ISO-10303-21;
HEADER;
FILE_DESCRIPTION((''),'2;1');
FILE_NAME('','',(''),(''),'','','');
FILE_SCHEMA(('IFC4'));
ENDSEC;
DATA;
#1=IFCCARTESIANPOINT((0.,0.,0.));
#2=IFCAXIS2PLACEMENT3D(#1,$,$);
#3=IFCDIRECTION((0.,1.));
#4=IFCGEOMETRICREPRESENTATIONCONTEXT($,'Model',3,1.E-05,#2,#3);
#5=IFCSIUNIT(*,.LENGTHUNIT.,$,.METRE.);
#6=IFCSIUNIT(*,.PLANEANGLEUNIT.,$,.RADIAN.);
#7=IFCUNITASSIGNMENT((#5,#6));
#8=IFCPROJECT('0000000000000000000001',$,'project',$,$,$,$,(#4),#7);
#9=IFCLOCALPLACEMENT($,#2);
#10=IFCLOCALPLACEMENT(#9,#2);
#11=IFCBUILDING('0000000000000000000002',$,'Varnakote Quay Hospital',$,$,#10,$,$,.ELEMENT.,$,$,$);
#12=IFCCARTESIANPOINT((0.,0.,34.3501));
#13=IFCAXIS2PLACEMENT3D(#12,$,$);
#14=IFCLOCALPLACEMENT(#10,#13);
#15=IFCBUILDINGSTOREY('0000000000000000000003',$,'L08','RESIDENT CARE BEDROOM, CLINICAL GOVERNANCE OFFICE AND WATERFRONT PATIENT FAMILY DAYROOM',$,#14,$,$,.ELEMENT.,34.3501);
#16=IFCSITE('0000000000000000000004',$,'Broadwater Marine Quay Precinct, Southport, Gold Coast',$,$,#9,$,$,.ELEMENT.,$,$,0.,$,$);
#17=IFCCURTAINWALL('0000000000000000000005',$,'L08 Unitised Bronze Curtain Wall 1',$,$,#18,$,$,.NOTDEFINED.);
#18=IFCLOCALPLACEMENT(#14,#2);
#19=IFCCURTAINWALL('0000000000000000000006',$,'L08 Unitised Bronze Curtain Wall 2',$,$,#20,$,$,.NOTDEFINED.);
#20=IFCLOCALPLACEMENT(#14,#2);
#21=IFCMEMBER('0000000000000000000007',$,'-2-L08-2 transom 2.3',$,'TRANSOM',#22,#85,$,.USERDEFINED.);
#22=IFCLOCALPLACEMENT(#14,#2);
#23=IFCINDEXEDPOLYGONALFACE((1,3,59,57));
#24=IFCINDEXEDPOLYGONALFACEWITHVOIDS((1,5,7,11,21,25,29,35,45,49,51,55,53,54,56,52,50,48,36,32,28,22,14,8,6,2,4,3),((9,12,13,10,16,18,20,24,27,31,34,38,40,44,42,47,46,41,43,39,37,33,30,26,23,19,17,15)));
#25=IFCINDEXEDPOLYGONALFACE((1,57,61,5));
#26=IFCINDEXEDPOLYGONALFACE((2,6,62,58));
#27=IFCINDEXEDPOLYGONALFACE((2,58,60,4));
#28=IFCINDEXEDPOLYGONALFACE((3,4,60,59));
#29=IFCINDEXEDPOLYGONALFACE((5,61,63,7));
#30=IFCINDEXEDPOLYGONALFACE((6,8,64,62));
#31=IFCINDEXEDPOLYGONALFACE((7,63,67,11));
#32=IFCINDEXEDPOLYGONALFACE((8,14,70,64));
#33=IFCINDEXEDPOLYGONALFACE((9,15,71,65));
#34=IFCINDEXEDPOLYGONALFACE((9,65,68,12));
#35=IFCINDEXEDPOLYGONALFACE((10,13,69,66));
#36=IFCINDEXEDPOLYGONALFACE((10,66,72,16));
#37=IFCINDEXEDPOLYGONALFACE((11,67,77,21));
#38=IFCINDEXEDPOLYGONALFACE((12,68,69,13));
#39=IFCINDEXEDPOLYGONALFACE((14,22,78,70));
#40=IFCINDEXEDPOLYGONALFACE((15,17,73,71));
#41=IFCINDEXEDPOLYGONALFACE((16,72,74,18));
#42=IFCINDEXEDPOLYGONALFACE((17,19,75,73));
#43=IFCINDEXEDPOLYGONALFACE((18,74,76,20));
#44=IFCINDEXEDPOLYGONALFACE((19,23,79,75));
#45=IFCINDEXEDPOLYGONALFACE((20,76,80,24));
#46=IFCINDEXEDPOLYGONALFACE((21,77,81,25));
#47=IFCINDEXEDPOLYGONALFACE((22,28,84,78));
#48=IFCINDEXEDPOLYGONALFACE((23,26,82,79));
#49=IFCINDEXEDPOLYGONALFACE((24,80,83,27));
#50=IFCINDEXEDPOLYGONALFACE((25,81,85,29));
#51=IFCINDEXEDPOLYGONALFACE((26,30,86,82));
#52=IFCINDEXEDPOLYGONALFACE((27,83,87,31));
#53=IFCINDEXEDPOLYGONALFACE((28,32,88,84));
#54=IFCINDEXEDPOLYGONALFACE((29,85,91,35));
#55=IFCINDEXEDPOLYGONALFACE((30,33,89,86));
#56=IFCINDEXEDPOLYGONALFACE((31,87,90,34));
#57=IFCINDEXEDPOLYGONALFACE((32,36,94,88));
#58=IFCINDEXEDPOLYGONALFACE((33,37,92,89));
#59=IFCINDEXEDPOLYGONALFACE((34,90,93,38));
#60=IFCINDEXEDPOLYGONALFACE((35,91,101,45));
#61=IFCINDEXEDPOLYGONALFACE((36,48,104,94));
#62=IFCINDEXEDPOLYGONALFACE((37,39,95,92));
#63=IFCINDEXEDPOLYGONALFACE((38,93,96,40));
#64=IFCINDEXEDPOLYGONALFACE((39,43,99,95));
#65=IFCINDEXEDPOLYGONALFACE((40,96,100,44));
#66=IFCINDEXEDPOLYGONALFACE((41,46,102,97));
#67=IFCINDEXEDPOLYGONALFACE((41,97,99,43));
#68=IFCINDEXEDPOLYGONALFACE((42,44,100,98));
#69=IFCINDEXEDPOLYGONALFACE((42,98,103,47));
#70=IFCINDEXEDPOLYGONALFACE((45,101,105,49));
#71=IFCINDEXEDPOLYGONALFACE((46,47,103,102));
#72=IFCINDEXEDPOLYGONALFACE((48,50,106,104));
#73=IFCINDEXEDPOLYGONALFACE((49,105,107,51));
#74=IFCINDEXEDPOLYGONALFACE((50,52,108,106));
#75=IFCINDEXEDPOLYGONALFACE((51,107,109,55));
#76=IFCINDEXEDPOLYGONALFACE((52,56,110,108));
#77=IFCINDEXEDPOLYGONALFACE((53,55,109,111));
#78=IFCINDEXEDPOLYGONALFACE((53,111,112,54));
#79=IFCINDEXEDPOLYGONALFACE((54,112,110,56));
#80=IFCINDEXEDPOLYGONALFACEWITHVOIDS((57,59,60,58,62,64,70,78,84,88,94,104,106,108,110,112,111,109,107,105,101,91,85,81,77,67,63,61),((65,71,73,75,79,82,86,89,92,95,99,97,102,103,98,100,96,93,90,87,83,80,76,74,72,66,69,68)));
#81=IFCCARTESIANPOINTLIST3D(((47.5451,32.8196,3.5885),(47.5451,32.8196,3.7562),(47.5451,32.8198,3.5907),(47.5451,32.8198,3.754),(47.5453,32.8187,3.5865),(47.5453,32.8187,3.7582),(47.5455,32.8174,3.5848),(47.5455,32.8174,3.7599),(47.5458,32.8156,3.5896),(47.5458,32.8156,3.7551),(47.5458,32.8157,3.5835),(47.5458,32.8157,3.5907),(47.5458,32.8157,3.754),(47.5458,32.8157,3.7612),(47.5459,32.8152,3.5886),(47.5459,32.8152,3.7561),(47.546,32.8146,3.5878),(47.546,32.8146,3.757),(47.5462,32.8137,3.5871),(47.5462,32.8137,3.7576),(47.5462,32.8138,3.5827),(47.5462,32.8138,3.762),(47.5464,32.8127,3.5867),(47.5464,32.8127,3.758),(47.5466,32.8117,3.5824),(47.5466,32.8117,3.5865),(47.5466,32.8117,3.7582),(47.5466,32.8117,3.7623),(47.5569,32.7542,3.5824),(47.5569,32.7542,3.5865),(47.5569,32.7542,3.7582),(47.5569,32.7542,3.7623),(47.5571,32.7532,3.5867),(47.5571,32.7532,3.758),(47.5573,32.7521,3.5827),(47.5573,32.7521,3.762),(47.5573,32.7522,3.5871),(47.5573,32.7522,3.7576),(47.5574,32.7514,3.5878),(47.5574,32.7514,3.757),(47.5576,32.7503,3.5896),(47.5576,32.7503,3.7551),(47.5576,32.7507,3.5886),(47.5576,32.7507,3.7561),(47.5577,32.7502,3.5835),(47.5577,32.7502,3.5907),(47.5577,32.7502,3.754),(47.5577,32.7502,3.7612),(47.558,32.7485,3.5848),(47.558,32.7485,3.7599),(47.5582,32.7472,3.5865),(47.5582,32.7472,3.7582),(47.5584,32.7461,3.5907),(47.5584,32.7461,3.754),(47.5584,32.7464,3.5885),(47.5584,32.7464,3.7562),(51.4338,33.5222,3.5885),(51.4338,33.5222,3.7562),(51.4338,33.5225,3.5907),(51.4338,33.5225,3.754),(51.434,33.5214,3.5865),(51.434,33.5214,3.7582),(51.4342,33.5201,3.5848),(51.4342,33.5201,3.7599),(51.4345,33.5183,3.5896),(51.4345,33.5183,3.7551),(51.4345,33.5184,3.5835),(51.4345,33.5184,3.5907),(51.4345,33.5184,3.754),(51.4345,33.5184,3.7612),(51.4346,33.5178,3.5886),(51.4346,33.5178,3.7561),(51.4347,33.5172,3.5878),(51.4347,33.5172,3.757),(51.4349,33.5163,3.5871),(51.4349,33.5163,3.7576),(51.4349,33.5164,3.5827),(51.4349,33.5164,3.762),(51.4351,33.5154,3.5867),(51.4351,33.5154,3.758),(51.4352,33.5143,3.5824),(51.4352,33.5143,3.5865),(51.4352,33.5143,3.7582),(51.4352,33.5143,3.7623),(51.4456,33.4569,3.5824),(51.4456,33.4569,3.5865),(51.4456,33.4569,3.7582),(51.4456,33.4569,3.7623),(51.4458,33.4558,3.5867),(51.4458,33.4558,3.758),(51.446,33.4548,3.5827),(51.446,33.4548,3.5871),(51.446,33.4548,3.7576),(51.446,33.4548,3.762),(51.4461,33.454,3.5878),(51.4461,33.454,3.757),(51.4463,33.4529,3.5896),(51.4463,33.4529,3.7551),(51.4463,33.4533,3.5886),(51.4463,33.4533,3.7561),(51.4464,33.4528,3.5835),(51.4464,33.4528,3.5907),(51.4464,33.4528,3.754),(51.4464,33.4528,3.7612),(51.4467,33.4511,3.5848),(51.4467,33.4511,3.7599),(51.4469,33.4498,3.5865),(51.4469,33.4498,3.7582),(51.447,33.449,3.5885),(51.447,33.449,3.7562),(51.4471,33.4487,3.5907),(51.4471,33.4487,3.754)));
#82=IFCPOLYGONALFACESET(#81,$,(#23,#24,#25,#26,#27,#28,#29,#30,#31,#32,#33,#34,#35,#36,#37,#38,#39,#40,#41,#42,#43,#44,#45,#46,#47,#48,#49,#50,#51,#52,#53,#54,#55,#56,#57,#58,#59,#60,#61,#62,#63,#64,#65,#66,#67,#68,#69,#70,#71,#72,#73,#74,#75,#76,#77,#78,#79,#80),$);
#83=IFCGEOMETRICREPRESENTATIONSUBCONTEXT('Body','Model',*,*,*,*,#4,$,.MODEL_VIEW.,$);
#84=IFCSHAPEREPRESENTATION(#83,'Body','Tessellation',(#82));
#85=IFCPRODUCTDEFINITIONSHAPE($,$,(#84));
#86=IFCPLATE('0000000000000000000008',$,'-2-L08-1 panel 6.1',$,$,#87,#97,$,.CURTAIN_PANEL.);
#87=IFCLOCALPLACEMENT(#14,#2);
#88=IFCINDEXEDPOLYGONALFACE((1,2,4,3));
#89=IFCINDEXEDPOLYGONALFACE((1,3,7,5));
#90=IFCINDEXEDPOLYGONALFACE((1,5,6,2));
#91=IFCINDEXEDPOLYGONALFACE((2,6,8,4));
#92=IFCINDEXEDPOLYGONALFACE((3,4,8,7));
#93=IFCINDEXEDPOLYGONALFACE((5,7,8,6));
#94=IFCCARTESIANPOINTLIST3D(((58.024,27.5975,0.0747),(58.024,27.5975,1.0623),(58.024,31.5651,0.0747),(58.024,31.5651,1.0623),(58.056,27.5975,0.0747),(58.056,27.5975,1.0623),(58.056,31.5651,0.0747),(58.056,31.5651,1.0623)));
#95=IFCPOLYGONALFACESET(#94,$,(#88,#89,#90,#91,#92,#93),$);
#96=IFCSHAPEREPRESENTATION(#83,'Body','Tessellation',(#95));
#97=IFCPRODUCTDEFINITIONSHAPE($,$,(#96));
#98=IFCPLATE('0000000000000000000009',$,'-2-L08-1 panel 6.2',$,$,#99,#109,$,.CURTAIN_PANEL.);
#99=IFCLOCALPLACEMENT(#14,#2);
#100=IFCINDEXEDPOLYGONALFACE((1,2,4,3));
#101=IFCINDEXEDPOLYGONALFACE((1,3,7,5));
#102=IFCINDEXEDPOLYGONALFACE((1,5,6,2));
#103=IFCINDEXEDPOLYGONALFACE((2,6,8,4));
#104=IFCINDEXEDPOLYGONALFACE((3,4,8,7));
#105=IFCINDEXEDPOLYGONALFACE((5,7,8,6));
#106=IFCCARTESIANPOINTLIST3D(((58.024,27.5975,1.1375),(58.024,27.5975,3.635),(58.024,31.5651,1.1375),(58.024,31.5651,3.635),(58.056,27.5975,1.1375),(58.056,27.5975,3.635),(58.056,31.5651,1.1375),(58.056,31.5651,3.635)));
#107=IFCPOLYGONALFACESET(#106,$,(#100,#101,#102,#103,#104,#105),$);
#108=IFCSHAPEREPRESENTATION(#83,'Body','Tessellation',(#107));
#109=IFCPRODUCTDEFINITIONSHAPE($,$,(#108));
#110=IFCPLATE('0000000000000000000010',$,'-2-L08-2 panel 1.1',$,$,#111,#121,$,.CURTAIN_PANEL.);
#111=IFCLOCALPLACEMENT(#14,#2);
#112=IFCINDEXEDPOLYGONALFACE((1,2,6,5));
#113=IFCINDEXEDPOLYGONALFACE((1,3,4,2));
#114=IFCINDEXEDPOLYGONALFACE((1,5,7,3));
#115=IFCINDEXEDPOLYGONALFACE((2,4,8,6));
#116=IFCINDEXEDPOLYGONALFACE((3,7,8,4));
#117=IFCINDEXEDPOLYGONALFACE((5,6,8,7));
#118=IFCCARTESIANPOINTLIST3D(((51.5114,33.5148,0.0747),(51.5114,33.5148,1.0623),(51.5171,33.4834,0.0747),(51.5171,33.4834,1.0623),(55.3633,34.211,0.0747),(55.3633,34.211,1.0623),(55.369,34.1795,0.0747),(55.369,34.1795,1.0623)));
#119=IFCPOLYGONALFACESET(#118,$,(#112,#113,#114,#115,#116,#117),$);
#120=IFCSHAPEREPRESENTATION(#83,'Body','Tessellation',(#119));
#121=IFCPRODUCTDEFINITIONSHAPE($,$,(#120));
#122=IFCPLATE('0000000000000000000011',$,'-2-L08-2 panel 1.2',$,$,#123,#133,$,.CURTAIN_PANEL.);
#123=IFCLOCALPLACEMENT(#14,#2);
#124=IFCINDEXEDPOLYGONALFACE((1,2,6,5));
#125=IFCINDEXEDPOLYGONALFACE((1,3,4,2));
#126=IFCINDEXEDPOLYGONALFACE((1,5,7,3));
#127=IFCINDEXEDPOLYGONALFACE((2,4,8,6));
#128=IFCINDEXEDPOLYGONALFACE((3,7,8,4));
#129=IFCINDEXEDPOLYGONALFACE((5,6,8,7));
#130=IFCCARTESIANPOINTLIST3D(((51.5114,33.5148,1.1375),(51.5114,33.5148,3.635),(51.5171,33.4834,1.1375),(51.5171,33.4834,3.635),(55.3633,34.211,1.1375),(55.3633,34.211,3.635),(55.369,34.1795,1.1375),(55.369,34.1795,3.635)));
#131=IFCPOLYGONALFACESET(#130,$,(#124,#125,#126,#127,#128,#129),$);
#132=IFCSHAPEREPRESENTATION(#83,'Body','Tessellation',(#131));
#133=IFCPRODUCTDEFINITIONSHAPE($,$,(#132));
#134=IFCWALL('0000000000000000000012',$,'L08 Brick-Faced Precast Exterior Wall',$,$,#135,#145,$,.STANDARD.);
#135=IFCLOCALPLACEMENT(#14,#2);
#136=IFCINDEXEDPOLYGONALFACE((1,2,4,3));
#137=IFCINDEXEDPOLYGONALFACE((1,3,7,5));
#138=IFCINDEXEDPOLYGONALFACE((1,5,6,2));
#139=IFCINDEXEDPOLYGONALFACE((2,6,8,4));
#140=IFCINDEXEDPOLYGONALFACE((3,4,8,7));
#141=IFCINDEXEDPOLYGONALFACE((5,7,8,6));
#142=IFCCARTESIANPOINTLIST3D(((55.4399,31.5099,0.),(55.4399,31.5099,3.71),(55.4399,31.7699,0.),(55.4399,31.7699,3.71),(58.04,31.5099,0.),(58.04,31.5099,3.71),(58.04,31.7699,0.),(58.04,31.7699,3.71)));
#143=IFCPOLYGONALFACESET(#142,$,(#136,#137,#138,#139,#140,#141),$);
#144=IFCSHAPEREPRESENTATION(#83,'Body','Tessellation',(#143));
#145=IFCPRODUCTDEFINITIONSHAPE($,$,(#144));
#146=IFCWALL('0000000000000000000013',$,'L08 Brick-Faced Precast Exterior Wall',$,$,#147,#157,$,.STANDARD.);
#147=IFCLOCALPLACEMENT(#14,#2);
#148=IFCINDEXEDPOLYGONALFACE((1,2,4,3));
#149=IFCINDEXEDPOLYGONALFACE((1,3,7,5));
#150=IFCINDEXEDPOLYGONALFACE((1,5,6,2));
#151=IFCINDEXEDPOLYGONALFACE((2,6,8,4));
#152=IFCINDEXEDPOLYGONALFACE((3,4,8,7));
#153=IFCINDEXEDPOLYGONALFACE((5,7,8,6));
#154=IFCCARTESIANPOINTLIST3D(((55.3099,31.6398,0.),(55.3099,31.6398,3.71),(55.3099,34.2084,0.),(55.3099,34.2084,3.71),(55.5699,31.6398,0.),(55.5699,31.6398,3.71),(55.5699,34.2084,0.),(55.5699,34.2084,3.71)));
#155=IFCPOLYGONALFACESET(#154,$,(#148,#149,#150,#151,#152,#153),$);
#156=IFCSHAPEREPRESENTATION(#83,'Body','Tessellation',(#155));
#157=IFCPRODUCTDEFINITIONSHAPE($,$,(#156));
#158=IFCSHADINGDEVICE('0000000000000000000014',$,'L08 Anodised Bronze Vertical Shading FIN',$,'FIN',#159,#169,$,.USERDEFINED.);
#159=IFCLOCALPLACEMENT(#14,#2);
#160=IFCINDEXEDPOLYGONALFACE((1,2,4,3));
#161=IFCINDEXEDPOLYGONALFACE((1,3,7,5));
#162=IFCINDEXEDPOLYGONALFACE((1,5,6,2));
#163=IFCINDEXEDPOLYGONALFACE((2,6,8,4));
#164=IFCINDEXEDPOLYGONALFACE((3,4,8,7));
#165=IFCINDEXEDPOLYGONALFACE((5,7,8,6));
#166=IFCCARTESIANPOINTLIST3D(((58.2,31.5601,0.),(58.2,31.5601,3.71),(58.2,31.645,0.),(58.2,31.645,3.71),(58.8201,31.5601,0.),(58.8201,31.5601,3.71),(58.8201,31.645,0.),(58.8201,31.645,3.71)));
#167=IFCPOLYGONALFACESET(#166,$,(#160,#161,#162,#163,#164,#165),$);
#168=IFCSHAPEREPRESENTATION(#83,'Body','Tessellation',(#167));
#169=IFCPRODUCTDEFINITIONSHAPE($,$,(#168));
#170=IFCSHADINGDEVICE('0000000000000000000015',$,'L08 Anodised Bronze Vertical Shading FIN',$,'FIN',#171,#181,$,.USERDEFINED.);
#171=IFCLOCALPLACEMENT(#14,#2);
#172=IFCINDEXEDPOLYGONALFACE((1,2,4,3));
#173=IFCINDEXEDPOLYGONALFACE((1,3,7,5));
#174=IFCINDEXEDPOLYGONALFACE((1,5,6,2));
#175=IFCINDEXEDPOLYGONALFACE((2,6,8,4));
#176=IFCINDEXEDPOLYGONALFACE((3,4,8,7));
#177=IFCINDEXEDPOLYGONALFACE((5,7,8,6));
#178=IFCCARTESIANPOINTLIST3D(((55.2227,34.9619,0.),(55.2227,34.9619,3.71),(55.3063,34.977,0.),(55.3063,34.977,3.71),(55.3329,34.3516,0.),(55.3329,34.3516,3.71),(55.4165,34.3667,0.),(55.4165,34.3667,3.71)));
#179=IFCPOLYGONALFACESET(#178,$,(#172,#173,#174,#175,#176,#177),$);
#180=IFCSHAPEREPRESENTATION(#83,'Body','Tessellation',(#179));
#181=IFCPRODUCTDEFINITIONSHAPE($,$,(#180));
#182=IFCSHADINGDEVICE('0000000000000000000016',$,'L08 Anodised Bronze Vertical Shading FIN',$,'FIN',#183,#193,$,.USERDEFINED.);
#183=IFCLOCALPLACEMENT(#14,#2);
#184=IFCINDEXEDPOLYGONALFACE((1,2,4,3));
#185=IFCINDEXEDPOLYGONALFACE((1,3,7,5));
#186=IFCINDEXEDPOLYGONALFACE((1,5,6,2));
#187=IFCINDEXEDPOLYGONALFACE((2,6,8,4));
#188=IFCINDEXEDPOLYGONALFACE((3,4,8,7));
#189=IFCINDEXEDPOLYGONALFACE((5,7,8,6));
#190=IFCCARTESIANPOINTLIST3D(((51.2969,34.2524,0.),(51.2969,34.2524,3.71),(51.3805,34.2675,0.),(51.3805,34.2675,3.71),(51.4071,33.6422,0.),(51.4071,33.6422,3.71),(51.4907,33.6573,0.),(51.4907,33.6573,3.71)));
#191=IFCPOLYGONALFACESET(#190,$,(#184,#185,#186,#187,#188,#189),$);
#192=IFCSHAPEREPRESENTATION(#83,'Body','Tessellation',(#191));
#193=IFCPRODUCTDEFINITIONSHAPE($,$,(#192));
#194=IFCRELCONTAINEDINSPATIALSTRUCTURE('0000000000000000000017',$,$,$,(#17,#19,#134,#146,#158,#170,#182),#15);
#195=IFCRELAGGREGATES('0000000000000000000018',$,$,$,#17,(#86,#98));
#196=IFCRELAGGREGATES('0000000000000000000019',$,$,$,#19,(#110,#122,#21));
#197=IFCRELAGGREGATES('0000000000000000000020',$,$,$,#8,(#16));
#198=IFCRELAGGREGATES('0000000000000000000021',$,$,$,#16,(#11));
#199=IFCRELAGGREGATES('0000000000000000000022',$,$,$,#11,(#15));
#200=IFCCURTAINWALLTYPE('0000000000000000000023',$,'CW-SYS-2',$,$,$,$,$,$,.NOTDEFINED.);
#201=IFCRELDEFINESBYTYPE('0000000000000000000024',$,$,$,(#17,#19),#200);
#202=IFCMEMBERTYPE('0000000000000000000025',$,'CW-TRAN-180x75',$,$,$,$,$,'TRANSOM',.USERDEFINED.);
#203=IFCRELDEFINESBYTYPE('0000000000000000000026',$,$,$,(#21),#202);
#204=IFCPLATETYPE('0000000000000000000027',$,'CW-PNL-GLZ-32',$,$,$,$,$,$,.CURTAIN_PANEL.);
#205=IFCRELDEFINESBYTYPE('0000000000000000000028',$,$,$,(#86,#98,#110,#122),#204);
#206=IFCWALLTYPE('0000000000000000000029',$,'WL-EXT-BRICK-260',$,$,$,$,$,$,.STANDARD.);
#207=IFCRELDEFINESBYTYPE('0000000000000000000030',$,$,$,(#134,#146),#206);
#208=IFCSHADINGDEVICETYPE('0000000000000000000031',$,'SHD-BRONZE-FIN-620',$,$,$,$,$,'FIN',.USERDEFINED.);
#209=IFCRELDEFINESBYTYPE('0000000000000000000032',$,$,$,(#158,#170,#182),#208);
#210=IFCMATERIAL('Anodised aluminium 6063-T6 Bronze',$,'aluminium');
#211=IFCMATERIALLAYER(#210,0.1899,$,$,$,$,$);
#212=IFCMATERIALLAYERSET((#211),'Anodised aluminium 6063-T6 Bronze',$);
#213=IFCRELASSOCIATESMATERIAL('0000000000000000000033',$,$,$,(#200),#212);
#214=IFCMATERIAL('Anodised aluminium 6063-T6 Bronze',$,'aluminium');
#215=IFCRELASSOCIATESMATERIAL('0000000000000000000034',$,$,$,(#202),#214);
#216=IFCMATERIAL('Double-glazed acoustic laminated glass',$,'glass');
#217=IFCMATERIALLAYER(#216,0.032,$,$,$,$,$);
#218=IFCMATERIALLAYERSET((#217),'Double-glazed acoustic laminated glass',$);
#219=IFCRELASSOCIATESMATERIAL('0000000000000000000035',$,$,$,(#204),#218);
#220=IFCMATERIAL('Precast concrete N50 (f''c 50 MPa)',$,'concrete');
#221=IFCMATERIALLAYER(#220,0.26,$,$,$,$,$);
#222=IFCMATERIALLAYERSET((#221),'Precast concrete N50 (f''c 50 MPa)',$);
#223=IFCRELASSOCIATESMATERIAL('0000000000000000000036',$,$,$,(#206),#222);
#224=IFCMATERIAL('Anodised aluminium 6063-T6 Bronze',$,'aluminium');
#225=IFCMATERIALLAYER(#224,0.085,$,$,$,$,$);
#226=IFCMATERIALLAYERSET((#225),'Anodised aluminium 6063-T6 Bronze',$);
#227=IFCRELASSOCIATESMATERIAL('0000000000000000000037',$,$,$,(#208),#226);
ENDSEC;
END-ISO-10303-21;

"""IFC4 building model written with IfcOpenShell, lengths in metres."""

from ifc_helpers import new_model, si_unit, direction, frame, frame_2d, origin, origin_2d, place, context, subcontext, project, spatial, rectangle, hollow_rectangle, extrude, material, layer, layer_set, material_profile, profile_set, type_object, element, aggregate, save


model = new_model("IFC4")

# Units and contexts
model_context = context("Model", 3, precision=1e-05, world=origin(), true_north=direction((0.0, 1.0)))
body_context = subcontext(model_context, "Body", "Model", "MODEL_VIEW")
ifc_project = project(units=[si_unit("LENGTHUNIT", "METRE"), si_unit("PLANEANGLEUNIT", "RADIAN")], contexts=[model_context])

# Site, building, storey
site_placement = place(None, origin())
site = spatial("IfcSite", under=ifc_project, at=site_placement, Name="Broadwater Marine Quay Precinct, Southport, Gold Coast", CompositionType="ELEMENT", RefElevation=0.0)
building_placement = place(site_placement, origin())
building = spatial("IfcBuilding", under=site, at=building_placement, Name="Varnakote Quay Hospital", CompositionType="ELEMENT")
storey_placement = place(building_placement, frame((0.0, 0.0, 34.3501)))
storey = spatial("IfcBuildingStorey", under=building, at=storey_placement, Name="L08", Description="RESIDENT CARE BEDROOM, CLINICAL GOVERNANCE OFFICE AND WATERFRONT PATIENT FAMILY DAYROOM", CompositionType="ELEMENT", Elevation=34.3501)

# Curtain wall
ifc_material_1 = material(Name="Anodised aluminium 6063-T6 Bronze", Category="aluminium")
ifc_layer_1 = layer(ifc_material_1, 0.1899)
ifc_layer_set_1 = layer_set([ifc_layer_1], Name="Anodised aluminium 6063-T6 Bronze")
curtain_wall_type = type_object("IfcCurtainWallType", Name="CW-SYS-2", PredefinedType="NOTDEFINED", material=ifc_layer_set_1)
curtain_wall_1_placement = place(storey_placement, origin())
curtain_wall_1 = element("IfcCurtainWall", 1, at=curtain_wall_1_placement, inside=storey, type_object=curtain_wall_type, Name="L08 Unitised Bronze Curtain Wall 1", PredefinedType="NOTDEFINED")

# Curtain wall
curtain_wall_2_placement = place(storey_placement, origin())
curtain_wall_2 = element("IfcCurtainWall", 2, at=curtain_wall_2_placement, inside=storey, type_object=curtain_wall_type, Name="L08 Unitised Bronze Curtain Wall 2", PredefinedType="NOTDEFINED")

# Member
ifc_material_2 = material(Name="Anodised aluminium 6063-T6 Bronze", Category="aluminium")
ifc_material_profile_1 = material_profile(ifc_material_2, hollow_rectangle(XDim=0.075, YDim=0.1799, WallThickness=0.0042, InnerFilletRadius=0.0042, OuterFilletRadius=0.0083, at=origin_2d()), Name="CW-TRAN-180x75")
ifc_profile_set_1 = profile_set([ifc_material_profile_1], Name="Anodised aluminium 6063-T6 Bronze")
member_type_1 = type_object("IfcMemberType", Name="CW-TRAN-180x75", ElementType="TRANSOM", PredefinedType="USERDEFINED", material=ifc_profile_set_1)
member_1_placement = place(storey_placement, frame((51.4404, 33.4856, 3.6724), z_axis=(-0.984065, -0.177809, 0.0), x_axis=(0.177809, -0.984065, 0.0)))
member_1 = element("IfcMember", 3, at=member_1_placement, type_object=member_type_1, Name="-2-L08-2 transom 2.3", ObjectType="TRANSOM", PredefinedType="USERDEFINED", context=body_context, shape_type="SweptSolid", body=[
    extrude(hollow_rectangle(XDim=0.075, YDim=0.1799, WallThickness=0.0042, InnerFilletRadius=0.0042, OuterFilletRadius=0.0083, at=origin_2d()), origin(), (0.0, 0.0, 1.0), 3.9517),
])

# Plates
ifc_material_3 = material(Name="Double-glazed acoustic laminated glass", Category="glass")
ifc_layer_2 = layer(ifc_material_3, 0.032)
ifc_layer_set_2 = layer_set([ifc_layer_2], Name="Double-glazed acoustic laminated glass")
plate_type = type_object("IfcPlateType", Name="CW-PNL-GLZ-32", PredefinedType="CURTAIN_PANEL", material=ifc_layer_set_2)
plate_1_placement = place(storey_placement, frame((58.04, 29.5813, 0.0747), z_axis=(0.0, 0.0, 1.0), x_axis=(0.0, 1.0, 0.0)))
plate_1 = element("IfcPlate", 4, at=plate_1_placement, type_object=plate_type, Name="-2-L08-1 panel 6.1", PredefinedType="CURTAIN_PANEL", context=body_context, shape_type="SweptSolid", body=[
    extrude(rectangle(XDim=3.9675, YDim=0.032, at=origin_2d()), origin(), (0.0, 0.0, 1.0), 0.9875),
])
plate_2_placement = place(storey_placement, frame((58.04, 29.5813, 1.1375), z_axis=(0.0, 0.0, 1.0), x_axis=(0.0, 1.0, 0.0)))
plate_2 = element("IfcPlate", 5, at=plate_2_placement, type_object=plate_type, Name="-2-L08-1 panel 6.2", PredefinedType="CURTAIN_PANEL", context=body_context, shape_type="SweptSolid", body=[
    extrude(rectangle(XDim=3.9675, YDim=0.032, at=origin_2d()), origin(), (0.0, 0.0, 1.0), 2.4976),
])
aggregate(curtain_wall_1, [plate_1, plate_2])
plate_3_placement = place(storey_placement, frame((53.4402, 33.8472, 0.0747), z_axis=(0.0, 0.0, 1.0), x_axis=(-0.984058, -0.177846, 0.0)))
plate_3 = element("IfcPlate", 6, at=plate_3_placement, type_object=plate_type, Name="-2-L08-2 panel 1.1", PredefinedType="CURTAIN_PANEL", context=body_context, shape_type="SweptSolid", body=[
    extrude(rectangle(XDim=3.9143, YDim=0.032, at=origin_2d()), origin(), (0.0, 0.0, 1.0), 0.9875),
])
plate_4_placement = place(storey_placement, frame((53.4402, 33.8472, 1.1375), z_axis=(0.0, 0.0, 1.0), x_axis=(-0.984058, -0.177846, 0.0)))
plate_4 = element("IfcPlate", 7, at=plate_4_placement, type_object=plate_type, Name="-2-L08-2 panel 1.2", PredefinedType="CURTAIN_PANEL", context=body_context, shape_type="SweptSolid", body=[
    extrude(rectangle(XDim=3.9143, YDim=0.032, at=origin_2d()), origin(), (0.0, 0.0, 1.0), 2.4976),
])
aggregate(curtain_wall_2, [plate_3, plate_4, member_1])

# Walls
ifc_material_4 = material(Name="Precast concrete N50 (f'c 50 MPa)", Category="concrete")
ifc_layer_3 = layer(ifc_material_4, 0.26)
ifc_layer_set_3 = layer_set([ifc_layer_3], Name="Precast concrete N50 (f'c 50 MPa)")
wall_type = type_object("IfcWallType", Name="WL-EXT-BRICK-260", PredefinedType="STANDARD", material=ifc_layer_set_3)
wall_1_placement = place(storey_placement, frame((58.04, 31.6399, 0.0), z_axis=(0.0, 0.0, 1.0), x_axis=(-1.0, 0.0, 0.0)))
element("IfcWall", 8, at=wall_1_placement, inside=storey, type_object=wall_type, Name="L08 Brick-Faced Precast Exterior Wall", PredefinedType="STANDARD", context=body_context, shape_type="SweptSolid", body=[
    extrude(rectangle(XDim=2.6001, YDim=0.26, at=frame_2d((1.3, 0.0))), origin(), (0.0, 0.0, 1.0), 3.71),
])
wall_2_placement = place(storey_placement, frame((55.4399, 31.6399, 0.0), z_axis=(0.0, 0.0, 1.0), x_axis=(0.0, 1.0, 0.0)))
element("IfcWall", 9, at=wall_2_placement, inside=storey, type_object=wall_type, Name="L08 Brick-Faced Precast Exterior Wall", PredefinedType="STANDARD", context=body_context, shape_type="SweptSolid", body=[
    extrude(rectangle(XDim=2.5686, YDim=0.26, at=frame_2d((1.2842, 0.0))), origin(), (0.0, 0.0, 1.0), 3.71),
])

# Shading devices
ifc_material_5 = material(Name="Anodised aluminium 6063-T6 Bronze", Category="aluminium")
ifc_layer_4 = layer(ifc_material_5, 0.085)
ifc_layer_set_4 = layer_set([ifc_layer_4], Name="Anodised aluminium 6063-T6 Bronze")
shading_device_type = type_object("IfcShadingDeviceType", Name="SHD-BRONZE-FIN-620", ElementType="FIN", PredefinedType="USERDEFINED", material=ifc_layer_set_4)
for number, where, z_axis, x_axis, name in (
    (10, (58.51, 31.6025, 0.0), (0.0, 0.0, 1.0), (-1.0, 0.0, 0.0), "L08 Anodised Bronze Vertical Shading FIN"),
    (11, (55.3196, 34.6643, 0.0), (0.0, 0.0, 1.0), (0.177772, -0.984072, 0.0), "L08 Anodised Bronze Vertical Shading FIN"),
    (12, (51.3938, 33.9548, 0.0), (0.0, 0.0, 1.0), (0.177772, -0.984072, 0.0), "L08 Anodised Bronze Vertical Shading FIN"),
):
    element("IfcShadingDevice", number, at=place(storey_placement, frame(where, z_axis=z_axis, x_axis=x_axis)), inside=storey, type_object=shading_device_type, Name=name, ObjectType="FIN", PredefinedType="USERDEFINED", context=body_context, shape_type="SweptSolid", body=[
        extrude(rectangle(XDim=0.6201, YDim=0.085, at=origin_2d()), origin(), (0.0, 0.0, 1.0), 3.71),
    ])

save(model, "model.ifc")
